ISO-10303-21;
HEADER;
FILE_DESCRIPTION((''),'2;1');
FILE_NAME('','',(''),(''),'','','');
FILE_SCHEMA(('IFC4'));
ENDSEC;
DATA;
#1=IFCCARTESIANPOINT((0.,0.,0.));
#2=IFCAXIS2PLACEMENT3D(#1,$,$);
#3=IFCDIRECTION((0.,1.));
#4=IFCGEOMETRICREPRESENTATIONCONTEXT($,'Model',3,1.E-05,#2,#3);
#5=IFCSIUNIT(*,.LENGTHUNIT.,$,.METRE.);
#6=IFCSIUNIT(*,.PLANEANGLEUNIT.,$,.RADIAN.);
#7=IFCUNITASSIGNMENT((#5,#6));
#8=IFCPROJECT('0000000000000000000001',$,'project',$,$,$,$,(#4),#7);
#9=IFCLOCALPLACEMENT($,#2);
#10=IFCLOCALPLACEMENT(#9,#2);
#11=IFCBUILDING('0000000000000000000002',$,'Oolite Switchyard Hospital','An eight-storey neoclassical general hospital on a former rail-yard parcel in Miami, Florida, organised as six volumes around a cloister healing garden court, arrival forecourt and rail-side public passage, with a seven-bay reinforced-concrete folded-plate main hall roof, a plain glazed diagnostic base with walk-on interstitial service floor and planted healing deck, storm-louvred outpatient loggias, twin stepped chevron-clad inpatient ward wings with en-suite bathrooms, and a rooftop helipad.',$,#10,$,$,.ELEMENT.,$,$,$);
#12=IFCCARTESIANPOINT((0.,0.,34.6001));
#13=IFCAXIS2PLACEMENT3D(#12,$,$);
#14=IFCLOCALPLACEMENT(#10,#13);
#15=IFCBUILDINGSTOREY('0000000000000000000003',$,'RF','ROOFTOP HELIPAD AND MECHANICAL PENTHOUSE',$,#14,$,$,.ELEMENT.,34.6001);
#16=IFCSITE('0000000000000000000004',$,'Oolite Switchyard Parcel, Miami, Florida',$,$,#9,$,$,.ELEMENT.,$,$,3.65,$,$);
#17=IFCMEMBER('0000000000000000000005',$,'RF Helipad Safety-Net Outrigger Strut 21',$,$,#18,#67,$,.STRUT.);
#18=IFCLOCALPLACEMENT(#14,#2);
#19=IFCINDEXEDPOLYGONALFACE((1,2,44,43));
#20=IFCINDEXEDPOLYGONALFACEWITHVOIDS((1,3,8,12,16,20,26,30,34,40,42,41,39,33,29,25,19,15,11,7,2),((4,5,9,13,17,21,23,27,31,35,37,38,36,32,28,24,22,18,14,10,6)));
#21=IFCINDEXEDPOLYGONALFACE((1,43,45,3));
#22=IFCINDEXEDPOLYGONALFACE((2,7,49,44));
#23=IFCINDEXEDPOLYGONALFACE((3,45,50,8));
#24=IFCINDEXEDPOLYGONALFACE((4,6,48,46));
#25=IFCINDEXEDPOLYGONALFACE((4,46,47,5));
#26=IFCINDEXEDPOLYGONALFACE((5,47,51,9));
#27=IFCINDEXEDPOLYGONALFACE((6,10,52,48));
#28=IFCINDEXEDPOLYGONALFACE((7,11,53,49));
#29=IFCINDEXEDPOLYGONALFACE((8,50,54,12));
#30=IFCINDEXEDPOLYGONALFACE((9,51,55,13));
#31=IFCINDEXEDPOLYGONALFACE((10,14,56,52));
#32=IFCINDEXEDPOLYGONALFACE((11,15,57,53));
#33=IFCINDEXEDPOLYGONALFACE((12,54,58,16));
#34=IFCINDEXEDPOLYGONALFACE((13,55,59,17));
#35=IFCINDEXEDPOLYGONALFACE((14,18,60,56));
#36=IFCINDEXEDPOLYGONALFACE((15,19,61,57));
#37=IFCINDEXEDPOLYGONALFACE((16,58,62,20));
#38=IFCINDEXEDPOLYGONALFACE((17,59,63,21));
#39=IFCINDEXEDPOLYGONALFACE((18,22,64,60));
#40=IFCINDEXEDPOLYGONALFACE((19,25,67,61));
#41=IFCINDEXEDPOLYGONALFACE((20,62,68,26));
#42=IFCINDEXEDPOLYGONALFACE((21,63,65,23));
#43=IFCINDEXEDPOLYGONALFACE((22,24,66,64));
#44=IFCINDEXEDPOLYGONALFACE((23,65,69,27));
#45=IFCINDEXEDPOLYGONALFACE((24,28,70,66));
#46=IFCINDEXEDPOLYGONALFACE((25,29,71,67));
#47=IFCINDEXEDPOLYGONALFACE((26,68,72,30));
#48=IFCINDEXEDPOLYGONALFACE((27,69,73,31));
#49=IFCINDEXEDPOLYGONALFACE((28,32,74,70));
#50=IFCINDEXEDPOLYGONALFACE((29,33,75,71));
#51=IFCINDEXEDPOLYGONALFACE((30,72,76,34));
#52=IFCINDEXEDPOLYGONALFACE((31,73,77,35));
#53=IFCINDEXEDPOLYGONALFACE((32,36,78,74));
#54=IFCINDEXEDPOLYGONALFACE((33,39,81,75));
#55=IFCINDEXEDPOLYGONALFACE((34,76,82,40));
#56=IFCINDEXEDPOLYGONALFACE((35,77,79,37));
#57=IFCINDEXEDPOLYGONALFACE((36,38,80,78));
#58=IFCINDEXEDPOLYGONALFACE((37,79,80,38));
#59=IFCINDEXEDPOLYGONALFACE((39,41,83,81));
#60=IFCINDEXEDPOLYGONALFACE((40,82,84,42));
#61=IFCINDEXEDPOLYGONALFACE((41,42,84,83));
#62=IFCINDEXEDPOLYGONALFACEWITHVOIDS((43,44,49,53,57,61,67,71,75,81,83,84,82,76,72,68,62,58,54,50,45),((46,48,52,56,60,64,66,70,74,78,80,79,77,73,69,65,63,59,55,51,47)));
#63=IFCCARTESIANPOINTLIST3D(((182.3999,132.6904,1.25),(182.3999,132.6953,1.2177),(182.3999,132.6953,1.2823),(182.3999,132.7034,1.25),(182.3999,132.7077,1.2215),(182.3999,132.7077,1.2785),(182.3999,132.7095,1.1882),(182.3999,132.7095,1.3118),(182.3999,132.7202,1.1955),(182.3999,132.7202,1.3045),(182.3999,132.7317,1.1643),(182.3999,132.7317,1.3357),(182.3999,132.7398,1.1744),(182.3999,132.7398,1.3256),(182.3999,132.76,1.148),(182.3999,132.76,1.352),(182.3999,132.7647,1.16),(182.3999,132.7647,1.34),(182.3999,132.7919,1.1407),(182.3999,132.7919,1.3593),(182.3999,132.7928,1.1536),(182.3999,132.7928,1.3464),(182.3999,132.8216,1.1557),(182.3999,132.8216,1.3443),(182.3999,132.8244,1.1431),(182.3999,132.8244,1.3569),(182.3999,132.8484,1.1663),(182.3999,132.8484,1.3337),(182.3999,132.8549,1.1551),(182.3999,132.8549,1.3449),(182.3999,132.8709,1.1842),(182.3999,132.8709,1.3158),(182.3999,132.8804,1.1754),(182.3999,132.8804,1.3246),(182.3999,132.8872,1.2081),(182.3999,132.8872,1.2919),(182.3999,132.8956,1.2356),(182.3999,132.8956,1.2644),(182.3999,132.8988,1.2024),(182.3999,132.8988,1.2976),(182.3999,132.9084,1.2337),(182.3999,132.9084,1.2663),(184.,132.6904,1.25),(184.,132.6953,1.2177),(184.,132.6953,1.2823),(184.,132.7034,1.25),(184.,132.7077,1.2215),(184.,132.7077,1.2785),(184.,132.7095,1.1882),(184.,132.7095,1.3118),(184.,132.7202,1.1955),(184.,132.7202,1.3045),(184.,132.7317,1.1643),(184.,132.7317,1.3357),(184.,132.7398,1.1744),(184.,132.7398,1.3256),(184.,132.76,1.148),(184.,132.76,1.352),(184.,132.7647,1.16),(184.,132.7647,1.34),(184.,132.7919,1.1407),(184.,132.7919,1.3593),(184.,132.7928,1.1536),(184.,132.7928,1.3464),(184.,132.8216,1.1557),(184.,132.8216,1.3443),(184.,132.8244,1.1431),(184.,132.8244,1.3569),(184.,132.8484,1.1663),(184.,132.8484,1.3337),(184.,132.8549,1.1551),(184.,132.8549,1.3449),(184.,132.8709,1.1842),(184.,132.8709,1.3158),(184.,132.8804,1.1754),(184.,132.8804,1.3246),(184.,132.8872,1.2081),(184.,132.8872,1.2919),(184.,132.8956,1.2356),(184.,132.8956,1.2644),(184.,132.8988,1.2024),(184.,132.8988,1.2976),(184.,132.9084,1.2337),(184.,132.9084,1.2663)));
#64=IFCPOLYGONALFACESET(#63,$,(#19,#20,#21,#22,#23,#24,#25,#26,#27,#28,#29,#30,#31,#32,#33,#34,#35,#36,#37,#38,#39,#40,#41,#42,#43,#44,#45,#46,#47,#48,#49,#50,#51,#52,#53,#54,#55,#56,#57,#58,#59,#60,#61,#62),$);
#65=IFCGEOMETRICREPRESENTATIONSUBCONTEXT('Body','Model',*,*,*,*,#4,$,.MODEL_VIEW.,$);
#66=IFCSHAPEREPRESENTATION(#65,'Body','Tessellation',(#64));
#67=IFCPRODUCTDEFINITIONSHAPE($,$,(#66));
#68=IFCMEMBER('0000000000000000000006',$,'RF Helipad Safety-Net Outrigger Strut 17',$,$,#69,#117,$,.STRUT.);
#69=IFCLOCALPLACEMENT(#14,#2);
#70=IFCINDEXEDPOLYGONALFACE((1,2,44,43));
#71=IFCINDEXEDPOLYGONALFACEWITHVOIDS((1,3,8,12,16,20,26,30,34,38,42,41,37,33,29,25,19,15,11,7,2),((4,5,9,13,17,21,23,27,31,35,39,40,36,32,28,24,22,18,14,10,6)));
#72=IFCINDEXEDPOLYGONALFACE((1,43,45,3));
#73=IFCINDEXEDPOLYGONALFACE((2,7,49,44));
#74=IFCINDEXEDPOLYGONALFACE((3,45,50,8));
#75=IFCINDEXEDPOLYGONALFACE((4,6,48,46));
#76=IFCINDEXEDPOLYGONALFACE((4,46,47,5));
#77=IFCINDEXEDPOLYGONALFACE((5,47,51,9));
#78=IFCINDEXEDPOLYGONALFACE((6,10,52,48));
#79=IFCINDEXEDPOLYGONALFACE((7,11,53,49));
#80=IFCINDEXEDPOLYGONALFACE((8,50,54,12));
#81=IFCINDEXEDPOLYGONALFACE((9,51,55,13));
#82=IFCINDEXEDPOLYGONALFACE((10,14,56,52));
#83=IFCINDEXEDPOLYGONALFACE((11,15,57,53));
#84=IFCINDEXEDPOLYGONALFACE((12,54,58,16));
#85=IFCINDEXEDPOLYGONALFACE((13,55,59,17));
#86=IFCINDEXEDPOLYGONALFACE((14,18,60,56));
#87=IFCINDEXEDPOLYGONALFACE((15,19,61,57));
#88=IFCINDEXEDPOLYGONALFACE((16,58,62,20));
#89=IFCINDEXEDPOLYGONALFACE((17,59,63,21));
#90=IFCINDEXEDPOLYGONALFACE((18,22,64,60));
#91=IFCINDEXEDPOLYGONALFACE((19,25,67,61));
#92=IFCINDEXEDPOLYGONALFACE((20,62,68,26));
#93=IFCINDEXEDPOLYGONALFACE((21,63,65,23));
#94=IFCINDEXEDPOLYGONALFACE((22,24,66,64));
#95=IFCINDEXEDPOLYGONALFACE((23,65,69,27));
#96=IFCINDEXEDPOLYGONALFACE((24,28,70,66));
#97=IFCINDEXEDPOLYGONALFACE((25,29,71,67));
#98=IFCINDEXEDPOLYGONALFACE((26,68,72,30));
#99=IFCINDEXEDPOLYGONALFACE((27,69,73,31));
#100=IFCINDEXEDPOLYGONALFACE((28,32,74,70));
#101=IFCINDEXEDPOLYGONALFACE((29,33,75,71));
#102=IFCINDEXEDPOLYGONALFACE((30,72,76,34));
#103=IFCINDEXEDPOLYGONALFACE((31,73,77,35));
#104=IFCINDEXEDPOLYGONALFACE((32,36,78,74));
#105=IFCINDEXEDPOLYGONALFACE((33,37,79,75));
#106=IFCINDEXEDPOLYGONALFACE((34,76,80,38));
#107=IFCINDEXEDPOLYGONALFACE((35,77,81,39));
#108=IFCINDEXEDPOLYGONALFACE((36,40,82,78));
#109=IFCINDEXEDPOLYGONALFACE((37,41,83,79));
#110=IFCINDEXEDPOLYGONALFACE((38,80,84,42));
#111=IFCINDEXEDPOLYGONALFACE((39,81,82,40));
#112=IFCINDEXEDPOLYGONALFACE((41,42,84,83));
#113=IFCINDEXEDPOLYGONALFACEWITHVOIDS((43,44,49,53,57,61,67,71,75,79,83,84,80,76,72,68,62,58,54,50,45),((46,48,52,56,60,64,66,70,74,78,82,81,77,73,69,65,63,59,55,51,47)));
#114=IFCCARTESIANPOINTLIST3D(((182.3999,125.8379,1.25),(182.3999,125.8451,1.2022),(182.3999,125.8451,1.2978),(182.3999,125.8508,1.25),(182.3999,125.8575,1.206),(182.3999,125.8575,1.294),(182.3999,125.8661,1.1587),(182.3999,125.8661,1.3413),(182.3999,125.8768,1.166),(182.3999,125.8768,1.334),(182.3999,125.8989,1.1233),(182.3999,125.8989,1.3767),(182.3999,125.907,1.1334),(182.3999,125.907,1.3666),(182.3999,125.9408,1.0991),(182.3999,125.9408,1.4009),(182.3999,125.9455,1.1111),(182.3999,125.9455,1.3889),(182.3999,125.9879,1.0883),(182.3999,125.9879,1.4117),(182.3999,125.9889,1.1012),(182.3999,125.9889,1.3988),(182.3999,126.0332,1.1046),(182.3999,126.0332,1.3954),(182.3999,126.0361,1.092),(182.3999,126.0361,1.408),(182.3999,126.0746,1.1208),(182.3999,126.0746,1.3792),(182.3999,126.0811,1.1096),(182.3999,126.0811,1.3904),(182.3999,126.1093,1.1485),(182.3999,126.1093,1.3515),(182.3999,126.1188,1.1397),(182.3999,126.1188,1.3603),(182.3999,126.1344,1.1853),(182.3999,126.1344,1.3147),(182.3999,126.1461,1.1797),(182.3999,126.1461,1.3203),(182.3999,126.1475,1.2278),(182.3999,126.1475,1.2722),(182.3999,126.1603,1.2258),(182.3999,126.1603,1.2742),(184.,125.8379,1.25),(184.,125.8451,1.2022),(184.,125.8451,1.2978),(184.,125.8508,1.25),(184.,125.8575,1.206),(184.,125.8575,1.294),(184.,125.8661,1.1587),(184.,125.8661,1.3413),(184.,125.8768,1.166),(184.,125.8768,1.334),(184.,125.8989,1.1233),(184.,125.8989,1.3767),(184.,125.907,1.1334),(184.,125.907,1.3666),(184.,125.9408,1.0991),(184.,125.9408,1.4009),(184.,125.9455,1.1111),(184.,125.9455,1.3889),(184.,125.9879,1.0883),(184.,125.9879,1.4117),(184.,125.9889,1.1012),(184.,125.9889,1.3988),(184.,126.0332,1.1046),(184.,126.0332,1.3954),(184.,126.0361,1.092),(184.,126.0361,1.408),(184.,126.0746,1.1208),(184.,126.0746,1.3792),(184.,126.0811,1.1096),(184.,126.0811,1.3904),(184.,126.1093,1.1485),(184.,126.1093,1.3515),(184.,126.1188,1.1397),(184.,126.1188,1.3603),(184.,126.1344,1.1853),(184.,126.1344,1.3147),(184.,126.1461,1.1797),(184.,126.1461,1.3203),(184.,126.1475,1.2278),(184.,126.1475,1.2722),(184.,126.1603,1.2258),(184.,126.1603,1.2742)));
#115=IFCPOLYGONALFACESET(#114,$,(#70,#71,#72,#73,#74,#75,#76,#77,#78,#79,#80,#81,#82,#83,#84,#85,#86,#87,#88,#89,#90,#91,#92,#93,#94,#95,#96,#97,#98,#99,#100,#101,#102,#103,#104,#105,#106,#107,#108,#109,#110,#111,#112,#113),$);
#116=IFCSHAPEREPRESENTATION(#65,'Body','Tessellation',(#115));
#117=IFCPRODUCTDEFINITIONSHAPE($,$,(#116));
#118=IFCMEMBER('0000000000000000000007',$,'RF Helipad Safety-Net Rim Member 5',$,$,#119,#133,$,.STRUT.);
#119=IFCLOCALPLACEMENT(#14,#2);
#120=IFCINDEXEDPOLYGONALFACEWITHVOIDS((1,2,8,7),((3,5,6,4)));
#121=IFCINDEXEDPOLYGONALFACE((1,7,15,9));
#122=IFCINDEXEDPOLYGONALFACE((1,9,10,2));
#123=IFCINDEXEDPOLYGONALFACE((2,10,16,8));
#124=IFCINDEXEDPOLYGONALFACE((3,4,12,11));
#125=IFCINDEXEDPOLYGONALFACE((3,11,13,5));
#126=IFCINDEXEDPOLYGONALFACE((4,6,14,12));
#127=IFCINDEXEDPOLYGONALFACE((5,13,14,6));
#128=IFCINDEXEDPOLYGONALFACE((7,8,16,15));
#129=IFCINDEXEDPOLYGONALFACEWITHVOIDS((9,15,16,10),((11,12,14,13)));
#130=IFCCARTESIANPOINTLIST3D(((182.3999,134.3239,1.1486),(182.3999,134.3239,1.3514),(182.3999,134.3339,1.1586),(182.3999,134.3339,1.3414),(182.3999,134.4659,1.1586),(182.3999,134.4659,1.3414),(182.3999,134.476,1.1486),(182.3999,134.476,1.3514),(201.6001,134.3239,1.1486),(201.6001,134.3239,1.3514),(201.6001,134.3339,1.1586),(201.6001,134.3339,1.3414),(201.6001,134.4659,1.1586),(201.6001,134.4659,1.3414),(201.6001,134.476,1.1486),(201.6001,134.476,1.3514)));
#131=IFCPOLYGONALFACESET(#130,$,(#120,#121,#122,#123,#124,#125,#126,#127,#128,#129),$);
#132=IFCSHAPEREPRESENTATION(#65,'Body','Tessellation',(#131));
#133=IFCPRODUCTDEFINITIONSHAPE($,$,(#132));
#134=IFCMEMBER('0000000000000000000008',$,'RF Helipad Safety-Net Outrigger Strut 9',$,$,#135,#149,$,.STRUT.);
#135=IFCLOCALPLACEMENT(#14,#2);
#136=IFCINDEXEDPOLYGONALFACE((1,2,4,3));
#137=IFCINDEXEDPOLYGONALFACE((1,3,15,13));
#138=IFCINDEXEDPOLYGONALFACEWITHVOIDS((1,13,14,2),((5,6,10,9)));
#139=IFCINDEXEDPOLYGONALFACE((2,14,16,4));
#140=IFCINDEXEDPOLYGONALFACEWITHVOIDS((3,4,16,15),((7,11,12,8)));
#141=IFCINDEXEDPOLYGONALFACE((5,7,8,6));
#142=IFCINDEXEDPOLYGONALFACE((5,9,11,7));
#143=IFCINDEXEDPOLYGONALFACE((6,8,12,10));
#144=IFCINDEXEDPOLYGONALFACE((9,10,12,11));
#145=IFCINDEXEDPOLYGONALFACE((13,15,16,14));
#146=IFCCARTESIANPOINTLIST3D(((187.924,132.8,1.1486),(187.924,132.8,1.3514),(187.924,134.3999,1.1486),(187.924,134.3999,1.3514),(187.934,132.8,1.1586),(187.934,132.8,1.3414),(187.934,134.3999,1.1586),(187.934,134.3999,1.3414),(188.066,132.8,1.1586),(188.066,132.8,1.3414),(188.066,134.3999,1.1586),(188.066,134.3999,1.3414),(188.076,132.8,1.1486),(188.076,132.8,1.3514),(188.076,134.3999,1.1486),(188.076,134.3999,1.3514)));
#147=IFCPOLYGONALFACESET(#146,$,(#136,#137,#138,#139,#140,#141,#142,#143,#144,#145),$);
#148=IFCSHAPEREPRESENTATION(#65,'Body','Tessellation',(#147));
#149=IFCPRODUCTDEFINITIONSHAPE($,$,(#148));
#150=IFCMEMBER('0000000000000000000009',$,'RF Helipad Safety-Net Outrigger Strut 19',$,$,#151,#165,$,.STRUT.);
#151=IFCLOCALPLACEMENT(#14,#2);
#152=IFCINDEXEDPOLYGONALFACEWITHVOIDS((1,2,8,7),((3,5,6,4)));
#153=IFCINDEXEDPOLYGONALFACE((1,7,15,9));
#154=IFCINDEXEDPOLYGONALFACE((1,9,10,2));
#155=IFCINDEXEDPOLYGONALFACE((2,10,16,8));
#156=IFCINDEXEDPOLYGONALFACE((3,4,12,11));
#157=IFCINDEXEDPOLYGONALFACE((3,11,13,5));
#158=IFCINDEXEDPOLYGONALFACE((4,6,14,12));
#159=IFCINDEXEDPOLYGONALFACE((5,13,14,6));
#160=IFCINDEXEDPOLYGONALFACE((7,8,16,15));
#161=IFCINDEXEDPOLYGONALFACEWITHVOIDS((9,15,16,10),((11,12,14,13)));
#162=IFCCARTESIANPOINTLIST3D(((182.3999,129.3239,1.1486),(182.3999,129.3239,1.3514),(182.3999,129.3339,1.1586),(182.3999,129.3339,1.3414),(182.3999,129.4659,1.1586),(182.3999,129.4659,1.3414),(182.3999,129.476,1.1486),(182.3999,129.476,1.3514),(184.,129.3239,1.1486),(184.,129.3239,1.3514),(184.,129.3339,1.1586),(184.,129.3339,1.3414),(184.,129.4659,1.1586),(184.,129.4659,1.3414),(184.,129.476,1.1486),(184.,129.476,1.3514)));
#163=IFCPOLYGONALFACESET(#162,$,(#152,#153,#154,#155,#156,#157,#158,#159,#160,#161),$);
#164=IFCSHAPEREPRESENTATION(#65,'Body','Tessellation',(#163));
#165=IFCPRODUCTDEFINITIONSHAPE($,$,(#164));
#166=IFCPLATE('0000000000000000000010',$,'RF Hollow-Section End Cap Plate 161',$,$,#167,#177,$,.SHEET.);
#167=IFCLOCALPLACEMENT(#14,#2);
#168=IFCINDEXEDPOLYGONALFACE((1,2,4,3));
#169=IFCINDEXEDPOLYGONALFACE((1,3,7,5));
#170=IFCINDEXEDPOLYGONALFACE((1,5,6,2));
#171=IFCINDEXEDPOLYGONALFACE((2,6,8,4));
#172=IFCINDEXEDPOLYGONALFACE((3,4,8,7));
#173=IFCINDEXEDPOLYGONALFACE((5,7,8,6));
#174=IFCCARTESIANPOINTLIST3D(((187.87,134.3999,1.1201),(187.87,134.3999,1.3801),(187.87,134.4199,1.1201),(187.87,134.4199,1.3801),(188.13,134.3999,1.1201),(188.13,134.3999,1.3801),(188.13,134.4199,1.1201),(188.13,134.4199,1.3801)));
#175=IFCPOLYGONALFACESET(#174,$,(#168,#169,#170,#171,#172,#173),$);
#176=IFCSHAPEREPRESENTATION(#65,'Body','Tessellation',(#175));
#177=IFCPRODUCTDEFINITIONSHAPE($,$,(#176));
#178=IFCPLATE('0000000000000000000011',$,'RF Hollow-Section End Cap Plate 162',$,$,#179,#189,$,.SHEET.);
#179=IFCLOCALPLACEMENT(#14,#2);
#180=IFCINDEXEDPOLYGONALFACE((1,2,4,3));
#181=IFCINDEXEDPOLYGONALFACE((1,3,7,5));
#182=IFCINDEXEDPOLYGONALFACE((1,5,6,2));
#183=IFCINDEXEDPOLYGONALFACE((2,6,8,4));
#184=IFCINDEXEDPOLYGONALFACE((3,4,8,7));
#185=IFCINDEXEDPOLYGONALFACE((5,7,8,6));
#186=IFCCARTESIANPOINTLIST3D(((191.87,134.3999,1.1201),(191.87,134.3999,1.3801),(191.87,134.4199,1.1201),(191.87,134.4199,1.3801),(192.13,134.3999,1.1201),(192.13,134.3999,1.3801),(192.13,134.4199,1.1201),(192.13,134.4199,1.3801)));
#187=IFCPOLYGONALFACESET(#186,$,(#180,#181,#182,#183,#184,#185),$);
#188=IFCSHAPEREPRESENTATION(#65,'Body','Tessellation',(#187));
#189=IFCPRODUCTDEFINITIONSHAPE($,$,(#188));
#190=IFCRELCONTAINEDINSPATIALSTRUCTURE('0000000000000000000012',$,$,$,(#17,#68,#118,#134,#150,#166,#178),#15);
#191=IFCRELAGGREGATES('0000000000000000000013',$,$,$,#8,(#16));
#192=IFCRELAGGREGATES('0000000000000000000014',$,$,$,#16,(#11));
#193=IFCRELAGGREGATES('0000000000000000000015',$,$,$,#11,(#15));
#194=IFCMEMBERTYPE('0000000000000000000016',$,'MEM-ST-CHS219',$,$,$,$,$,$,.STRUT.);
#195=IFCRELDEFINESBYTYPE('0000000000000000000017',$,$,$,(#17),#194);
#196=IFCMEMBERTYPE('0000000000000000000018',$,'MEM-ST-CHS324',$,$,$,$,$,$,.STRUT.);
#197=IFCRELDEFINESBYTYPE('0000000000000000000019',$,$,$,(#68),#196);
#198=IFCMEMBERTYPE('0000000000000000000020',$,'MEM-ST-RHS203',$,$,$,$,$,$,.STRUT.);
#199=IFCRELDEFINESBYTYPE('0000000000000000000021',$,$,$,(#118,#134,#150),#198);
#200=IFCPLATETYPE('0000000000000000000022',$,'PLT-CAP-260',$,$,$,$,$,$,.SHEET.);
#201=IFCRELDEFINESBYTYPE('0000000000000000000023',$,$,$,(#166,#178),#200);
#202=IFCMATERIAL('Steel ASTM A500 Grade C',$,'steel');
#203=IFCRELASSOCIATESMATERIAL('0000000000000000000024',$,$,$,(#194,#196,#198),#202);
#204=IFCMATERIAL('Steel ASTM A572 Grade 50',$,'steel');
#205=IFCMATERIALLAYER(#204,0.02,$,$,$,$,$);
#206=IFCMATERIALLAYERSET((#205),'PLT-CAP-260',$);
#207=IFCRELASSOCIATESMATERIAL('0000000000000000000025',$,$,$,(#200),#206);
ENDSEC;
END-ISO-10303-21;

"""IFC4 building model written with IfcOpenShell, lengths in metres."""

from ifc_helpers import new_model, si_unit, direction, frame, origin, origin_2d, place, context, subcontext, project, spatial, rectangle, hollow_rectangle, hollow_circle, extrude, material, layer, layer_set, material_profile, profile_set, type_object, element, save


model = new_model("IFC4")

# Units and contexts
model_context = context("Model", 3, precision=1e-05, world=origin(), true_north=direction((0.0, 1.0)))
body_context = subcontext(model_context, "Body", "Model", "MODEL_VIEW")
ifc_project = project(units=[si_unit("LENGTHUNIT", "METRE"), si_unit("PLANEANGLEUNIT", "RADIAN")], contexts=[model_context])

# Site, building, storey
site_placement = place(None, origin())
site = spatial("IfcSite", under=ifc_project, at=site_placement, Name="Oolite Switchyard Parcel, Miami, Florida", CompositionType="ELEMENT", RefElevation=3.65)
building_placement = place(site_placement, origin())
building = spatial("IfcBuilding", under=site, at=building_placement, Name="Oolite Switchyard Hospital", Description="An eight-storey neoclassical general hospital on a former rail-yard parcel in Miami, Florida, organised as six volumes around a cloister healing garden court, arrival forecourt and rail-side public passage, with a seven-bay reinforced-concrete folded-plate main hall roof, a plain glazed diagnostic base with walk-on interstitial service floor and planted healing deck, storm-louvred outpatient loggias, twin stepped chevron-clad inpatient ward wings with en-suite bathrooms, and a rooftop helipad.", CompositionType="ELEMENT")
storey_placement = place(building_placement, frame((0.0, 0.0, 34.6001)))
storey = spatial("IfcBuildingStorey", under=building, at=storey_placement, Name="RF", Description="ROOFTOP HELIPAD AND MECHANICAL PENTHOUSE", CompositionType="ELEMENT", Elevation=34.6001)

# Shared definitions
ifc_material_1 = material(Name="Steel ASTM A500 Grade C", Category="steel")

# Members
ifc_material_profile_1 = material_profile(ifc_material_1, hollow_circle(Radius=0.1096, WallThickness=0.0129, at=origin_2d()), Name="HSS219X13")
ifc_profile_set_1 = profile_set([ifc_material_profile_1], Name="Steel ASTM A500 Grade C")
member_type_1 = type_object("IfcMemberType", Name="MEM-ST-CHS219", PredefinedType="STRUT", material=ifc_profile_set_1)
member_1_placement = place(storey_placement, frame((184.0, 132.8, 1.25), z_axis=(-1.0, 0.0, 0.0), x_axis=(0.0, -1.0, 0.0)))
element("IfcMember", 1, at=member_1_placement, inside=storey, type_object=member_type_1, Name="RF Helipad Safety-Net Outrigger Strut 21", PredefinedType="STRUT", context=body_context, shape_type="SweptSolid", body=[
    extrude(hollow_circle(Radius=0.1096, WallThickness=0.0129, at=origin_2d()), origin(), (0.0, 0.0, 1.0), 1.6001),
])
ifc_material_profile_2 = material_profile(ifc_material_1, hollow_circle(Radius=0.1621, WallThickness=0.0129, at=origin_2d()), Name="HSS324X13")
ifc_profile_set_2 = profile_set([ifc_material_profile_2], Name="Steel ASTM A500 Grade C")
member_type_2 = type_object("IfcMemberType", Name="MEM-ST-CHS324", PredefinedType="STRUT", material=ifc_profile_set_2)
member_2_placement = place(storey_placement, frame((184.0, 126.0, 1.25), z_axis=(-1.0, 0.0, 0.0), x_axis=(0.0, -1.0, 0.0)))
element("IfcMember", 2, at=member_2_placement, inside=storey, type_object=member_type_2, Name="RF Helipad Safety-Net Outrigger Strut 17", PredefinedType="STRUT", context=body_context, shape_type="SweptSolid", body=[
    extrude(hollow_circle(Radius=0.1621, WallThickness=0.0129, at=origin_2d()), origin(), (0.0, 0.0, 1.0), 1.6001),
])
ifc_material_profile_3 = material_profile(ifc_material_1, hollow_rectangle(XDim=0.1521, YDim=0.2029, WallThickness=0.01, at=origin_2d()), Name="HSS203X152X10")
ifc_profile_set_3 = profile_set([ifc_material_profile_3], Name="Steel ASTM A500 Grade C")
member_type_3 = type_object("IfcMemberType", Name="MEM-ST-RHS203", PredefinedType="STRUT", material=ifc_profile_set_3)
member_3_placement = place(storey_placement, frame((182.3999, 134.3999, 1.25), z_axis=(1.0, 0.0, 0.0), x_axis=(0.0, 1.0, 0.0)))
element("IfcMember", 3, at=member_3_placement, inside=storey, type_object=member_type_3, Name="RF Helipad Safety-Net Rim Member 5", PredefinedType="STRUT", context=body_context, shape_type="SweptSolid", body=[
    extrude(hollow_rectangle(XDim=0.1521, YDim=0.2029, WallThickness=0.01, at=origin_2d()), origin(), (0.0, 0.0, 1.0), 19.2002),
])
member_4_placement = place(storey_placement, frame((188.0, 132.8, 1.25), z_axis=(0.0, 1.0, 0.0), x_axis=(-1.0, 0.0, 0.0)))
element("IfcMember", 4, at=member_4_placement, inside=storey, type_object=member_type_3, Name="RF Helipad Safety-Net Outrigger Strut 9", PredefinedType="STRUT", context=body_context, shape_type="SweptSolid", body=[
    extrude(hollow_rectangle(XDim=0.1521, YDim=0.2029, WallThickness=0.01, at=origin_2d()), origin(), (0.0, 0.0, 1.0), 1.5999),
])
member_5_placement = place(storey_placement, frame((184.0, 129.3999, 1.25), z_axis=(-1.0, 0.0, 0.0), x_axis=(0.0, -1.0, 0.0)))
element("IfcMember", 5, at=member_5_placement, inside=storey, type_object=member_type_3, Name="RF Helipad Safety-Net Outrigger Strut 19", PredefinedType="STRUT", context=body_context, shape_type="SweptSolid", body=[
    extrude(hollow_rectangle(XDim=0.1521, YDim=0.2029, WallThickness=0.01, at=origin_2d()), origin(), (0.0, 0.0, 1.0), 1.6001),
])

# Plates
ifc_material_2 = material(Name="Steel ASTM A572 Grade 50", Category="steel")
ifc_layer_1 = layer(ifc_material_2, 0.02)
ifc_layer_set_1 = layer_set([ifc_layer_1], Name="PLT-CAP-260")
plate_type_1 = type_object("IfcPlateType", Name="PLT-CAP-260", PredefinedType="SHEET", material=ifc_layer_set_1)
for number, where, z_axis, x_axis, name in (
    (6, (188.0, 134.4099, 1.1201), (0.0, 0.0, 1.0), (1.0, 0.0, 0.0), "RF Hollow-Section End Cap Plate 161"),
    (7, (192.0, 134.4099, 1.1201), (0.0, 0.0, 1.0), (1.0, 0.0, 0.0), "RF Hollow-Section End Cap Plate 162"),
):
    element("IfcPlate", number, at=place(storey_placement, frame(where, z_axis=z_axis, x_axis=x_axis)), inside=storey, type_object=plate_type_1, Name=name, PredefinedType="SHEET", context=body_context, shape_type="SweptSolid", body=[
        extrude(rectangle(XDim=0.26, YDim=0.02, at=origin_2d()), origin(), (0.0, 0.0, 1.0), 0.26),
    ])

save(model, "model.ifc")
